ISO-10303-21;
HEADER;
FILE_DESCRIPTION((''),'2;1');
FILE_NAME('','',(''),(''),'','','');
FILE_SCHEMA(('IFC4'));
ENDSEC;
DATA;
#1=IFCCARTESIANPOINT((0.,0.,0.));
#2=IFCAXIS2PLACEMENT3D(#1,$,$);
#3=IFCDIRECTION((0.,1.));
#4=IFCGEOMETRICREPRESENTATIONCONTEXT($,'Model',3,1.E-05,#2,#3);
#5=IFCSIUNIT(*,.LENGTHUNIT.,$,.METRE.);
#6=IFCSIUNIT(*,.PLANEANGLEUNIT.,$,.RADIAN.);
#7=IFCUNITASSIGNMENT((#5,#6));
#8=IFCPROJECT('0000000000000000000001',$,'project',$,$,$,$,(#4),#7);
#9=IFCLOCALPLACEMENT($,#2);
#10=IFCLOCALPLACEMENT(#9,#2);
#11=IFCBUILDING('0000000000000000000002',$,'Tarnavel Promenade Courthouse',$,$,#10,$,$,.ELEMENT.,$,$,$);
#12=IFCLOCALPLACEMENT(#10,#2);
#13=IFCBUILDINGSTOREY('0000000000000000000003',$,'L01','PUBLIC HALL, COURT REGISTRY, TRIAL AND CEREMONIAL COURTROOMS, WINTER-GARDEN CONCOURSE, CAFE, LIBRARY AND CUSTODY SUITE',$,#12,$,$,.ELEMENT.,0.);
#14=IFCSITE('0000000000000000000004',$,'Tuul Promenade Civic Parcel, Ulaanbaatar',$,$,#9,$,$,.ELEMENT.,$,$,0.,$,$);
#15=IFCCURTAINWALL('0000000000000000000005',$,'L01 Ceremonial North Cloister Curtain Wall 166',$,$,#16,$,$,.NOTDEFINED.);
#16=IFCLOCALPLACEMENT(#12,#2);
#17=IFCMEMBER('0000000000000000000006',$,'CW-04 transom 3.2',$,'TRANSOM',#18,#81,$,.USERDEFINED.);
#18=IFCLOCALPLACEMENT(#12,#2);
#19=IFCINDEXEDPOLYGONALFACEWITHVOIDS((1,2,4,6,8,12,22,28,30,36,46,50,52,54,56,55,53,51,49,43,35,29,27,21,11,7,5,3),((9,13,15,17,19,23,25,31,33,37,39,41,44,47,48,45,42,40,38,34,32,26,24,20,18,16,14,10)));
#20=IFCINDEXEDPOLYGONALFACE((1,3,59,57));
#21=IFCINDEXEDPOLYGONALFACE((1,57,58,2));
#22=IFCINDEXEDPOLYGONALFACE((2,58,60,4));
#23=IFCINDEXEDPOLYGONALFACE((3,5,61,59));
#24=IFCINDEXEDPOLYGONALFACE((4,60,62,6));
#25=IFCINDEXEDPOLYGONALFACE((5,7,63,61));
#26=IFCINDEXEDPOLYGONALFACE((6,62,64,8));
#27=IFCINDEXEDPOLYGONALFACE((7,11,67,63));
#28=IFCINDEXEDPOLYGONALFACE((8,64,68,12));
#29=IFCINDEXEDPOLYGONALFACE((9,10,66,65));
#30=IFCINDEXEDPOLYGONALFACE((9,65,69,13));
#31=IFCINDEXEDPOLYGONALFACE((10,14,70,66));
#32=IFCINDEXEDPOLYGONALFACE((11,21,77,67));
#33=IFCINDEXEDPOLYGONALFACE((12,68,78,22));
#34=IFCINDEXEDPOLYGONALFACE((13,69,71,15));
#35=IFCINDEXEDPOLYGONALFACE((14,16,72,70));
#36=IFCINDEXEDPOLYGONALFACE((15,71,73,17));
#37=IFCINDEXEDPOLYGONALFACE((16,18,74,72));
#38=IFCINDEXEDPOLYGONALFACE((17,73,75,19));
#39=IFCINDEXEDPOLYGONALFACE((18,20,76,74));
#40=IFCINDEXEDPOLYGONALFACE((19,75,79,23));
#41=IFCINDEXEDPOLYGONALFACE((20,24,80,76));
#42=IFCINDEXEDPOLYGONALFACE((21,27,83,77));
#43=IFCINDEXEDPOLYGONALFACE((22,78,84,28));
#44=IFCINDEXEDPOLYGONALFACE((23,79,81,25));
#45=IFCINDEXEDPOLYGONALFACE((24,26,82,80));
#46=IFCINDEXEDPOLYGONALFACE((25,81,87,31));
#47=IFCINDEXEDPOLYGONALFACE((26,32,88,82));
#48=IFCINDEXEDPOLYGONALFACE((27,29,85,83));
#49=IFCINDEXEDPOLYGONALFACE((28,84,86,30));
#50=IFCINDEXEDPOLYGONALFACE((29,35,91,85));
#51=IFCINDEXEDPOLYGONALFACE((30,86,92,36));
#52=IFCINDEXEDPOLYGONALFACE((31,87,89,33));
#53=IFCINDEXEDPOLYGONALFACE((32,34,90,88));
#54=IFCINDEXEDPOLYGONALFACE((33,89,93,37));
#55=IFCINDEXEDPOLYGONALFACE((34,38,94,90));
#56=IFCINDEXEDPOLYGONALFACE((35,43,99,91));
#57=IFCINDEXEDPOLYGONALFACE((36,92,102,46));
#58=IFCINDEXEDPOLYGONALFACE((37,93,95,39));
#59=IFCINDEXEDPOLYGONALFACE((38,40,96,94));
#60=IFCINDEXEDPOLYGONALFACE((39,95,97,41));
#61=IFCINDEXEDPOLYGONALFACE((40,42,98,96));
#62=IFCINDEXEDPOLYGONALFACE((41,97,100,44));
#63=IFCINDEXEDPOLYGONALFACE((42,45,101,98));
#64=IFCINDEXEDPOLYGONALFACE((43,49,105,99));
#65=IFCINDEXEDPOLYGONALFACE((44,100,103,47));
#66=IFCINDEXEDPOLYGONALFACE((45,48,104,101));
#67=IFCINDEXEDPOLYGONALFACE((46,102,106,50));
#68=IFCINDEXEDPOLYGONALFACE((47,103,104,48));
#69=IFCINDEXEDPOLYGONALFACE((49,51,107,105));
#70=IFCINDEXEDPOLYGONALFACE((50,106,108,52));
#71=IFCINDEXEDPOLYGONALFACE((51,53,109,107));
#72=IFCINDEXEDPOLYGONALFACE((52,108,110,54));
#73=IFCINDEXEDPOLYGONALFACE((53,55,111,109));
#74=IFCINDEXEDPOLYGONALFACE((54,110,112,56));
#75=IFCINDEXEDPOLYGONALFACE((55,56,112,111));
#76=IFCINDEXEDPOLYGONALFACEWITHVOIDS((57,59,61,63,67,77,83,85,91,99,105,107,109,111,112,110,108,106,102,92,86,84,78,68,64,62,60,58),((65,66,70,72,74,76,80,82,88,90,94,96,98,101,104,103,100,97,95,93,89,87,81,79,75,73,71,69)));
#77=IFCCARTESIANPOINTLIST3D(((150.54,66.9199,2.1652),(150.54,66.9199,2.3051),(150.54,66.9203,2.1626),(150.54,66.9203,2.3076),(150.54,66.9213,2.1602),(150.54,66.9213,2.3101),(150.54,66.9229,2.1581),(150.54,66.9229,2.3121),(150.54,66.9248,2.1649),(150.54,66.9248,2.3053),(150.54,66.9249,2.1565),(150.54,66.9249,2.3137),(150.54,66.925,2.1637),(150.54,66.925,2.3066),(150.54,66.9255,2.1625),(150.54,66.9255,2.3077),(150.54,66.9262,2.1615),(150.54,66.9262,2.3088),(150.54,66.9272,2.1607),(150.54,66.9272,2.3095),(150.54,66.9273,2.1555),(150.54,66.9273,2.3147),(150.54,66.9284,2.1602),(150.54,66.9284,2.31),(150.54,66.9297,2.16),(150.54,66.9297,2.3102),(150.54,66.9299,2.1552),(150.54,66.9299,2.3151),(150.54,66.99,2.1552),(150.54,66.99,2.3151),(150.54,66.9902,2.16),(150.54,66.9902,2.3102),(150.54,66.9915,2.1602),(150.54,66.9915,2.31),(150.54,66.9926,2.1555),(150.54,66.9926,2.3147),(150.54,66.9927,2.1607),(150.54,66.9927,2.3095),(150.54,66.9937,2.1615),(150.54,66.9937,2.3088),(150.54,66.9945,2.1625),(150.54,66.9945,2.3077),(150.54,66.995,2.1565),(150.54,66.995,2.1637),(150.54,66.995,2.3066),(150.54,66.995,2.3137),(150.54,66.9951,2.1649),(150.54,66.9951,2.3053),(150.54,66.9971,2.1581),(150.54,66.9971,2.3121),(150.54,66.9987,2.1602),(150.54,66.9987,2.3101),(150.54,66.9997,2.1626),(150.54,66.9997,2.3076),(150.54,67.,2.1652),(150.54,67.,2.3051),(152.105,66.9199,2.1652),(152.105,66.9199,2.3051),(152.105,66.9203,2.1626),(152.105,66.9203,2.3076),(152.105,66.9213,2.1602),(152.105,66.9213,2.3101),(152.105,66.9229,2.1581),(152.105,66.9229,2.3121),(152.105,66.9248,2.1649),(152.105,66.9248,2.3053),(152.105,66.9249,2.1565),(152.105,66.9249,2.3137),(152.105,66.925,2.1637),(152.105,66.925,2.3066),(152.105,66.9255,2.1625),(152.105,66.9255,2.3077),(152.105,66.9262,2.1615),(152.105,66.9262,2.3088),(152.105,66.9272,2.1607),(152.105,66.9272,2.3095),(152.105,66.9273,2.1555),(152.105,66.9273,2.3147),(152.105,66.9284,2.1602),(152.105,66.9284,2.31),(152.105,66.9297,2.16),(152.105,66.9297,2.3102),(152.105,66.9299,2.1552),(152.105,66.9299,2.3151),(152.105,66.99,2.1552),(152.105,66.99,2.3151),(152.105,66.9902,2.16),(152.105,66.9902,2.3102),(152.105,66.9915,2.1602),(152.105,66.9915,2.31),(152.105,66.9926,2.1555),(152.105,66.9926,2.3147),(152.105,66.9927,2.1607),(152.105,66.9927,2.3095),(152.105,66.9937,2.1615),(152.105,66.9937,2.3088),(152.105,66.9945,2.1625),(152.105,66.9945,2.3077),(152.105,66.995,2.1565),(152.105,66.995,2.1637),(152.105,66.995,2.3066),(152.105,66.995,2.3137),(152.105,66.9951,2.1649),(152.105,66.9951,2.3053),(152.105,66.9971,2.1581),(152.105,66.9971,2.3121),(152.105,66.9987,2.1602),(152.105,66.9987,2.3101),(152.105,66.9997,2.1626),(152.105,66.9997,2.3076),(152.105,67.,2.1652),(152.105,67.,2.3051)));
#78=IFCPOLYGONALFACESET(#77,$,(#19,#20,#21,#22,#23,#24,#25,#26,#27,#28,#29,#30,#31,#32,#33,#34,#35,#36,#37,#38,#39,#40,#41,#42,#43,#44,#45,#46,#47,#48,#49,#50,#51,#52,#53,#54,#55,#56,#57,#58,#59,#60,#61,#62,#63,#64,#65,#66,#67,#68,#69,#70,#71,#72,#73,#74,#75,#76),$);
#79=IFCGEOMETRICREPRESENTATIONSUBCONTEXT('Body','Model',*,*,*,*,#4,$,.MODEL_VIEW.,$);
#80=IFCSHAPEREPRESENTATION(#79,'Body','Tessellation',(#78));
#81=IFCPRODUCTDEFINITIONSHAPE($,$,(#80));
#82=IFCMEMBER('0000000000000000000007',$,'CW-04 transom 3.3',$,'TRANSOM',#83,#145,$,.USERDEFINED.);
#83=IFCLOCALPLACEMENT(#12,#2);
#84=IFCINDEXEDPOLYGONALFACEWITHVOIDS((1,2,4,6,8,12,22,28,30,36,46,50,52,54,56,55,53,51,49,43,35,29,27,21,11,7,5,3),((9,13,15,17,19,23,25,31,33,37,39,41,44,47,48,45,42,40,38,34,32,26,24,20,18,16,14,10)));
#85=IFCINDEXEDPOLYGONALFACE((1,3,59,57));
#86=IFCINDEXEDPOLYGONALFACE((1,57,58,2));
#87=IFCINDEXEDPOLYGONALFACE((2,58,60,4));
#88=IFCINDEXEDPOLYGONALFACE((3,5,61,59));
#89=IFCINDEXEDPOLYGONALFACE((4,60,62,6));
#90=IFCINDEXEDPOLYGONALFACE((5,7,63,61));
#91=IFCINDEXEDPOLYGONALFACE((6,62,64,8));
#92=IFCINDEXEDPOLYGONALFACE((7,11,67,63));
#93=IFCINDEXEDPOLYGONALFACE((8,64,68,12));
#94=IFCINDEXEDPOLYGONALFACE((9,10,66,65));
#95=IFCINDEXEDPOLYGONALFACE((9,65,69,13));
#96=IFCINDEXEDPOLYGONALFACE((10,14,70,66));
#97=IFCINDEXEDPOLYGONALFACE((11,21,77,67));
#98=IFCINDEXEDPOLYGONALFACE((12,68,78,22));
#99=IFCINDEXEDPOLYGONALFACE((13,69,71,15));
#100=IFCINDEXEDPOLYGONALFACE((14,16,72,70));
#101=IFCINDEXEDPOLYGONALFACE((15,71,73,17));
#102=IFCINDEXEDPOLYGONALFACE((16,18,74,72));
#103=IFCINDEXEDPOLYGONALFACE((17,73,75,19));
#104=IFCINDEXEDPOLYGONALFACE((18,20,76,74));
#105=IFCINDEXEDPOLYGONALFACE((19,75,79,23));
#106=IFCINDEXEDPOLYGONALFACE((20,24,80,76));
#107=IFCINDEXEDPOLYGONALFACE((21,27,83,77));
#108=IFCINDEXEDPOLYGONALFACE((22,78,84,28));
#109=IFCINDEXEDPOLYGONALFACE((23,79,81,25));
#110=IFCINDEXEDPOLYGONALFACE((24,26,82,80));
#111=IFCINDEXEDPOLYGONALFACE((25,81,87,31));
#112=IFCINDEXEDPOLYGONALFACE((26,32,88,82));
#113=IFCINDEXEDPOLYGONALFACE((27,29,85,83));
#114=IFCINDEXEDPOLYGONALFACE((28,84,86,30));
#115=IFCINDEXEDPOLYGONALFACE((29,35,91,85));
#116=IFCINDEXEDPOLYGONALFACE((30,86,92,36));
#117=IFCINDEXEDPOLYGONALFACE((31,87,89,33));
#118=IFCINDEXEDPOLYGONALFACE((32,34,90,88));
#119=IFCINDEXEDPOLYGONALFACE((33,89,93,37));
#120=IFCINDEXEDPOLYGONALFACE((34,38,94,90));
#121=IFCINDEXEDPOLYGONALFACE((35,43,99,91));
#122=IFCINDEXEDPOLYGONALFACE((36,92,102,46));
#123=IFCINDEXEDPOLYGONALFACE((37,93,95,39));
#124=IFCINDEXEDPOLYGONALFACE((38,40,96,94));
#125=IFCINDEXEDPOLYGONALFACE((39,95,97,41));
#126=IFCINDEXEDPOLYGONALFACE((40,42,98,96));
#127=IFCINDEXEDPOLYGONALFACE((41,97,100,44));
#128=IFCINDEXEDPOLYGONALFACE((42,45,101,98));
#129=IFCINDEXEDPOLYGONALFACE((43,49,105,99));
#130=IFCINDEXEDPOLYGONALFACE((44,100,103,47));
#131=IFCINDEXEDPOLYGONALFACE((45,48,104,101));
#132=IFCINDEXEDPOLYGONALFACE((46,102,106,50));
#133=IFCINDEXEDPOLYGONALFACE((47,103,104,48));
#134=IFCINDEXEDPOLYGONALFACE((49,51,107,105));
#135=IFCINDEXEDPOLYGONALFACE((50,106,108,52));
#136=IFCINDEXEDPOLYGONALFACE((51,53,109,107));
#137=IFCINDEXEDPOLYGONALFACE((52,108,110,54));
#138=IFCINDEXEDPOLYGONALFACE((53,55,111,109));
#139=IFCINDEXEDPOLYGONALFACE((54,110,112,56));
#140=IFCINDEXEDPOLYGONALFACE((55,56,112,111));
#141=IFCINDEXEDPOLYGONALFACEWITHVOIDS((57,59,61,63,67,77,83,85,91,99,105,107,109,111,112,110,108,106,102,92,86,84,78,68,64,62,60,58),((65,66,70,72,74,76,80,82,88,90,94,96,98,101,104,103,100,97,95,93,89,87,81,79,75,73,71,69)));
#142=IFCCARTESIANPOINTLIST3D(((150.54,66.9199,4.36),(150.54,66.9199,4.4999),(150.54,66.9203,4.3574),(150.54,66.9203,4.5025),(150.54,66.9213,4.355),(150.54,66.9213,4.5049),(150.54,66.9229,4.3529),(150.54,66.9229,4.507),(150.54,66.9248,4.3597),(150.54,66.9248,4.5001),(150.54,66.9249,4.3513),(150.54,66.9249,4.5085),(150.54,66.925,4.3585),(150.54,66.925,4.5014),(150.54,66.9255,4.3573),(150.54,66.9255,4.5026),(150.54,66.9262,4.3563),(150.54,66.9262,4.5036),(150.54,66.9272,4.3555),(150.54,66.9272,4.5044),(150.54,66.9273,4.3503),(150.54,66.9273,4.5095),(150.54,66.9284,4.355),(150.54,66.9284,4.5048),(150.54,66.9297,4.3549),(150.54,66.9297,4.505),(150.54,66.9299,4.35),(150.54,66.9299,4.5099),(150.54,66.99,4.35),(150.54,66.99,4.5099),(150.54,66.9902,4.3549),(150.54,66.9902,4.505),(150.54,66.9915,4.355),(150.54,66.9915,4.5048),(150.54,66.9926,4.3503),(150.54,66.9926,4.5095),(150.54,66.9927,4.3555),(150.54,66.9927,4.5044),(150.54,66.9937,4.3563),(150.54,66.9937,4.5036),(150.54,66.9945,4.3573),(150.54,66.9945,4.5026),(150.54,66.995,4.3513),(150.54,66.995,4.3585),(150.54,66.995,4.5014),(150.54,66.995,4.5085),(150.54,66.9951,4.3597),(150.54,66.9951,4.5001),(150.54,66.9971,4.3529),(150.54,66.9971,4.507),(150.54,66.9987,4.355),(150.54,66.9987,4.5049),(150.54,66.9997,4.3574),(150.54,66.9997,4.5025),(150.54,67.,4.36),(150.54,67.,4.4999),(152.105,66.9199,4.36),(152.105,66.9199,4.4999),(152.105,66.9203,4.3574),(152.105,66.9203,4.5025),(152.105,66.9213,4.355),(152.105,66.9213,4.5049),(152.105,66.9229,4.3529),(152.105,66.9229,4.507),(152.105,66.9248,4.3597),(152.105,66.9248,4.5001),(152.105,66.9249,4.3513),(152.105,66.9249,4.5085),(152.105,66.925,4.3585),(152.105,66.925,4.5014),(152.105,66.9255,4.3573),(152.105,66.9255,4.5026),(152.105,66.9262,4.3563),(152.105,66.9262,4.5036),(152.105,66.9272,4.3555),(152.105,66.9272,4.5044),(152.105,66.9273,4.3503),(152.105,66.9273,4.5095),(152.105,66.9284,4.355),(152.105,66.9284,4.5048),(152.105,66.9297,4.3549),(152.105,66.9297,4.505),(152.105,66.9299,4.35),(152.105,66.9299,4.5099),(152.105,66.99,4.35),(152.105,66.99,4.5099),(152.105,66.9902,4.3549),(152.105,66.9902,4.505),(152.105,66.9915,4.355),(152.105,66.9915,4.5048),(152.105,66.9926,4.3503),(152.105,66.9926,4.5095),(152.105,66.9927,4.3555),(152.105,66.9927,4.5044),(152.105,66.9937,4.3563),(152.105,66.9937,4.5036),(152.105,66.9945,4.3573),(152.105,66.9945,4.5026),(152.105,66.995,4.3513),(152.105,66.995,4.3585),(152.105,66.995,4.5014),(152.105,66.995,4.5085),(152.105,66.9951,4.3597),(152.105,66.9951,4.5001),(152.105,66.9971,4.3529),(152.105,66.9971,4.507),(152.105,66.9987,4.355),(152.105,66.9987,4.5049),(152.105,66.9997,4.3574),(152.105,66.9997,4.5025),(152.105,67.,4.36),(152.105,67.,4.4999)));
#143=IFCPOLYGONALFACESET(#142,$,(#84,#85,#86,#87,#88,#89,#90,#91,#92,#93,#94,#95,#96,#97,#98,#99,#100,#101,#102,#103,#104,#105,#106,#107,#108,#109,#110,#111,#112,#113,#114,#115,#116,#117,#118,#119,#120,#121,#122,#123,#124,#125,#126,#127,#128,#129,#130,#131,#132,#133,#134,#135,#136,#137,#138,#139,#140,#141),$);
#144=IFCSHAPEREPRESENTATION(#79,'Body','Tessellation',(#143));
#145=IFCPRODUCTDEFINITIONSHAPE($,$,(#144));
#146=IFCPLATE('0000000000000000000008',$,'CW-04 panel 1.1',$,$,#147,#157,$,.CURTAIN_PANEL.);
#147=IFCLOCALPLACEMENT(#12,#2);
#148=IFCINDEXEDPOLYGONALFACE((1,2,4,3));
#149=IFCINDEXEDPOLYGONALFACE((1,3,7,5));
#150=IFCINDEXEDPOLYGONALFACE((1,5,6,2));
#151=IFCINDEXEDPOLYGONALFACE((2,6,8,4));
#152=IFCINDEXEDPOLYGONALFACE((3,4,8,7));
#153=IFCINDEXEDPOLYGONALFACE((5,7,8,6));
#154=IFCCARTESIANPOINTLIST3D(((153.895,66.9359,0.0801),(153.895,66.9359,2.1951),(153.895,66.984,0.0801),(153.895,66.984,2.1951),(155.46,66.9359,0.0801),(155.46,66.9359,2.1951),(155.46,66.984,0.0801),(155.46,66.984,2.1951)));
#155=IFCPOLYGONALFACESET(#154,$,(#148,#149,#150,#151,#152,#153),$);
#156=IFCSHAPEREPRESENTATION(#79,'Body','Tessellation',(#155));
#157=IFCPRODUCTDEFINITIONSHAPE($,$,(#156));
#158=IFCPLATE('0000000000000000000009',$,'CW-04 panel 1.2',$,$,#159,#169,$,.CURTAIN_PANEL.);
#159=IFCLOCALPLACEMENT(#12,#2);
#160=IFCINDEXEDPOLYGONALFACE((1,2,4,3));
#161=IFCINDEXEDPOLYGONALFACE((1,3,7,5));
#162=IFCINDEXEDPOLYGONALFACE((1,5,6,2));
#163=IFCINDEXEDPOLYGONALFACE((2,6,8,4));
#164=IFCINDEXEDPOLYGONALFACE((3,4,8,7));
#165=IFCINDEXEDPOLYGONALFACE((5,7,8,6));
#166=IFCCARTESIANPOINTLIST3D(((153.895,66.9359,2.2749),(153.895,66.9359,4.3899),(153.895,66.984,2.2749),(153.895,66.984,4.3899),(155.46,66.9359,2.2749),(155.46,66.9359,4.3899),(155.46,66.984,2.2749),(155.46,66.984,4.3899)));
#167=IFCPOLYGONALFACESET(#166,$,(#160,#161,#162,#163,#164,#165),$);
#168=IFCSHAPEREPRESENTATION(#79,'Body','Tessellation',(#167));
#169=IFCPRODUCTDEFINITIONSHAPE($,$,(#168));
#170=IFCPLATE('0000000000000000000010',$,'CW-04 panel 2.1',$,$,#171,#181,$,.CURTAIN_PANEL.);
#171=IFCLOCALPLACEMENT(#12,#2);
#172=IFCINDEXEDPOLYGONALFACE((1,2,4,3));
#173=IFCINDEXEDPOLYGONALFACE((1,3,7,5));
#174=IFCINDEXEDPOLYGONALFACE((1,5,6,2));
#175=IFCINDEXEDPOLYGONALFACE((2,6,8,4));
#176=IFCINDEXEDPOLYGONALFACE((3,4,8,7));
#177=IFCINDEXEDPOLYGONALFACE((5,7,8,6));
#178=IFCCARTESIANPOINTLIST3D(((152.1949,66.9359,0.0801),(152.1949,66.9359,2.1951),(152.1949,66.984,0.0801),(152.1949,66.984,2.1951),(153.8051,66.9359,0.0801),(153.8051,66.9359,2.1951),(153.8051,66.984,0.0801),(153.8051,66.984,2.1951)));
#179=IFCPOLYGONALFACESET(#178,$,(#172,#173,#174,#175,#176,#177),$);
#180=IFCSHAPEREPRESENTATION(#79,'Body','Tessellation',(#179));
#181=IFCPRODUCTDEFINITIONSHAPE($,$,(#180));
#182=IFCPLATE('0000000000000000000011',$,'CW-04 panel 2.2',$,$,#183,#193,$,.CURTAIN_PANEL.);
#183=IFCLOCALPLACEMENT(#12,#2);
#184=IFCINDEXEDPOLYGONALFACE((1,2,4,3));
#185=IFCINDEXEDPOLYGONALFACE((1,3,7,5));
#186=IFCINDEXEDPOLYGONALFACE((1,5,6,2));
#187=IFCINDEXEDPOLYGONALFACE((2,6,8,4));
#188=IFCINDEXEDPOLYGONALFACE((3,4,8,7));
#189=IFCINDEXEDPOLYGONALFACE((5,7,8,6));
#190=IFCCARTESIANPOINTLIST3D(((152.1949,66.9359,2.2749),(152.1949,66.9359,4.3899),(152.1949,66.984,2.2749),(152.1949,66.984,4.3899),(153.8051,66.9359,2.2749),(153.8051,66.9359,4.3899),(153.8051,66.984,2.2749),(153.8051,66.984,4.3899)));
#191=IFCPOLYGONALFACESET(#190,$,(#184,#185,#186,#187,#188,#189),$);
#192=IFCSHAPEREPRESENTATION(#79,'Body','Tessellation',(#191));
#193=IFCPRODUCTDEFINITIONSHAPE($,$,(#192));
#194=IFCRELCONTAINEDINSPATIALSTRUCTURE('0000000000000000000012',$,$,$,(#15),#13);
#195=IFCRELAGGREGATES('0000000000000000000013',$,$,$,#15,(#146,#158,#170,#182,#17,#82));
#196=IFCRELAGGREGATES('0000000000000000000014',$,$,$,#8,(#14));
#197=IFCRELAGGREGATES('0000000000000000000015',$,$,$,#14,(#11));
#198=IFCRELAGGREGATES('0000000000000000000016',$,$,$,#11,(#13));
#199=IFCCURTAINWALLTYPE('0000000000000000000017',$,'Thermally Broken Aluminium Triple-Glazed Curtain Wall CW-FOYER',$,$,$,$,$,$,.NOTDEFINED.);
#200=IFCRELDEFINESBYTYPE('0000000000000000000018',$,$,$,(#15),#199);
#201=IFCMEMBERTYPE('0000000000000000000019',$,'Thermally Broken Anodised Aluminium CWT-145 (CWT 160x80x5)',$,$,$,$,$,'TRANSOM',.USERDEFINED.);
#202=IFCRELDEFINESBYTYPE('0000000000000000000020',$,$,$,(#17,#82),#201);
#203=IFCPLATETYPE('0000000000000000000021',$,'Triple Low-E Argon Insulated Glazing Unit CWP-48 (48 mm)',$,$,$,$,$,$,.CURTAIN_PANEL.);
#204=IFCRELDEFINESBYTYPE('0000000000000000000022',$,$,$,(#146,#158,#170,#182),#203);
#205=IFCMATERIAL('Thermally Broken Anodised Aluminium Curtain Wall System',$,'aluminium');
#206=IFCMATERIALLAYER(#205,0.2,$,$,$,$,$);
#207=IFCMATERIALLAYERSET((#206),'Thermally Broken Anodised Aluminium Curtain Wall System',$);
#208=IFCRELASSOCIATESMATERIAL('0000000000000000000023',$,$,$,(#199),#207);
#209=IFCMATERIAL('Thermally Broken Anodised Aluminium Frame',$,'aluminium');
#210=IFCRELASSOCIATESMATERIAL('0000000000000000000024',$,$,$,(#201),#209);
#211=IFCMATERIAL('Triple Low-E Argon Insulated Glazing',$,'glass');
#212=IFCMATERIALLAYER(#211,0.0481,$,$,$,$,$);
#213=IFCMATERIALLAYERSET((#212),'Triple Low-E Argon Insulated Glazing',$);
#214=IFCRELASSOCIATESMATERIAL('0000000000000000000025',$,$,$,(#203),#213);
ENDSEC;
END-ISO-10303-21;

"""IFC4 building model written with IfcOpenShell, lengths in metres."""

from ifc_helpers import new_model, si_unit, direction, frame, origin, origin_2d, place, context, subcontext, project, spatial, rectangle, hollow_rectangle, extrude, material, layer, layer_set, material_profile, profile_set, type_object, element, aggregate, save


model = new_model("IFC4")

# Units and contexts
model_context = context("Model", 3, precision=1e-05, world=origin(), true_north=direction((0.0, 1.0)))
body_context = subcontext(model_context, "Body", "Model", "MODEL_VIEW")
ifc_project = project(units=[si_unit("LENGTHUNIT", "METRE"), si_unit("PLANEANGLEUNIT", "RADIAN")], contexts=[model_context])

# Site, building, storey
site_placement = place(None, origin())
site = spatial("IfcSite", under=ifc_project, at=site_placement, Name="Tuul Promenade Civic Parcel, Ulaanbaatar", CompositionType="ELEMENT", RefElevation=0.0)
building_placement = place(site_placement, origin())
building = spatial("IfcBuilding", under=site, at=building_placement, Name="Tarnavel Promenade Courthouse", CompositionType="ELEMENT")
storey_placement = place(building_placement, origin())
storey = spatial("IfcBuildingStorey", under=building, at=storey_placement, Name="L01", Description="PUBLIC HALL, COURT REGISTRY, TRIAL AND CEREMONIAL COURTROOMS, WINTER-GARDEN CONCOURSE, CAFE, LIBRARY AND CUSTODY SUITE", CompositionType="ELEMENT", Elevation=0.0)

# Shared definitions
ifc_material_1 = material(Name="Thermally Broken Anodised Aluminium Curtain Wall System", Category="aluminium")
ifc_layer_1 = layer(ifc_material_1, 0.2)
ifc_layer_set_1 = layer_set([ifc_layer_1], Name="Thermally Broken Anodised Aluminium Curtain Wall System")
curtain_wall_type = type_object("IfcCurtainWallType", Name="Thermally Broken Aluminium Triple-Glazed Curtain Wall CW-FOYER", PredefinedType="NOTDEFINED", material=ifc_layer_set_1)
ifc_material_2 = material(Name="Thermally Broken Anodised Aluminium Frame", Category="aluminium")

# Curtain wall
curtain_wall_1_placement = place(storey_placement, origin())
curtain_wall_1 = element("IfcCurtainWall", 1, at=curtain_wall_1_placement, inside=storey, type_object=curtain_wall_type, Name="L01 Ceremonial North Cloister Curtain Wall 166", PredefinedType="NOTDEFINED")

# Members
ifc_material_profile_1 = material_profile(ifc_material_2, hollow_rectangle(XDim=0.0801, YDim=0.1599, WallThickness=0.0049, InnerFilletRadius=0.0049, OuterFilletRadius=0.01, at=origin_2d()), Name="CWT 160x80x5")
ifc_profile_set_1 = profile_set([ifc_material_profile_1], Name="Thermally Broken Anodised Aluminium Frame")
member_type_1 = type_object("IfcMemberType", Name="Thermally Broken Anodised Aluminium CWT-145 (CWT 160x80x5)", ElementType="TRANSOM", PredefinedType="USERDEFINED", material=ifc_profile_set_1)
member_1_placement = place(storey_placement, frame((152.105, 66.96, 2.2351), z_axis=(-1.0, 0.0, 0.0), x_axis=(0.0, -1.0, 0.0)))
member_1 = element("IfcMember", 2, at=member_1_placement, type_object=member_type_1, Name="CW-04 transom 3.2", ObjectType="TRANSOM", PredefinedType="USERDEFINED", context=body_context, shape_type="SweptSolid", body=[
    extrude(hollow_rectangle(XDim=0.0801, YDim=0.1599, WallThickness=0.0049, InnerFilletRadius=0.0049, OuterFilletRadius=0.01, at=origin_2d()), origin(), (0.0, 0.0, 1.0), 1.5649),
])
member_2_placement = place(storey_placement, frame((152.105, 66.96, 4.4299), z_axis=(-1.0, 0.0, 0.0), x_axis=(0.0, -1.0, 0.0)))
member_2 = element("IfcMember", 3, at=member_2_placement, type_object=member_type_1, Name="CW-04 transom 3.3", ObjectType="TRANSOM", PredefinedType="USERDEFINED", context=body_context, shape_type="SweptSolid", body=[
    extrude(hollow_rectangle(XDim=0.0801, YDim=0.1599, WallThickness=0.0049, InnerFilletRadius=0.0049, OuterFilletRadius=0.01, at=origin_2d()), origin(), (0.0, 0.0, 1.0), 1.5649),
])

# Plates
ifc_material_3 = material(Name="Triple Low-E Argon Insulated Glazing", Category="glass")
ifc_layer_2 = layer(ifc_material_3, 0.0481)
ifc_layer_set_2 = layer_set([ifc_layer_2], Name="Triple Low-E Argon Insulated Glazing")
plate_type = type_object("IfcPlateType", Name="Triple Low-E Argon Insulated Glazing Unit CWP-48 (48 mm)", PredefinedType="CURTAIN_PANEL", material=ifc_layer_set_2)
plate_1_placement = place(storey_placement, frame((154.6775, 66.96, 0.0801), z_axis=(0.0, 0.0, 1.0), x_axis=(-1.0, 0.0, 0.0)))
plate_1 = element("IfcPlate", 4, at=plate_1_placement, type_object=plate_type, Name="CW-04 panel 1.1", PredefinedType="CURTAIN_PANEL", context=body_context, shape_type="SweptSolid", body=[
    extrude(rectangle(XDim=1.5649, YDim=0.0481, at=origin_2d()), origin(), (0.0, 0.0, 1.0), 2.115),
])
plate_2_placement = place(storey_placement, frame((154.6775, 66.96, 2.2749), z_axis=(0.0, 0.0, 1.0), x_axis=(-1.0, 0.0, 0.0)))
plate_2 = element("IfcPlate", 5, at=plate_2_placement, type_object=plate_type, Name="CW-04 panel 1.2", PredefinedType="CURTAIN_PANEL", context=body_context, shape_type="SweptSolid", body=[
    extrude(rectangle(XDim=1.5649, YDim=0.0481, at=origin_2d()), origin(), (0.0, 0.0, 1.0), 2.115),
])
plate_3_placement = place(storey_placement, frame((153.0, 66.96, 0.0801), z_axis=(0.0, 0.0, 1.0), x_axis=(-1.0, 0.0, 0.0)))
plate_3 = element("IfcPlate", 6, at=plate_3_placement, type_object=plate_type, Name="CW-04 panel 2.1", PredefinedType="CURTAIN_PANEL", context=body_context, shape_type="SweptSolid", body=[
    extrude(rectangle(XDim=1.6101, YDim=0.0481, at=origin_2d()), origin(), (0.0, 0.0, 1.0), 2.115),
])
plate_4_placement = place(storey_placement, frame((153.0, 66.96, 2.2749), z_axis=(0.0, 0.0, 1.0), x_axis=(-1.0, 0.0, 0.0)))
plate_4 = element("IfcPlate", 7, at=plate_4_placement, type_object=plate_type, Name="CW-04 panel 2.2", PredefinedType="CURTAIN_PANEL", context=body_context, shape_type="SweptSolid", body=[
    extrude(rectangle(XDim=1.6101, YDim=0.0481, at=origin_2d()), origin(), (0.0, 0.0, 1.0), 2.115),
])
aggregate(curtain_wall_1, [plate_1, plate_2, plate_3, plate_4, member_1, member_2])

save(model, "model.ifc")
